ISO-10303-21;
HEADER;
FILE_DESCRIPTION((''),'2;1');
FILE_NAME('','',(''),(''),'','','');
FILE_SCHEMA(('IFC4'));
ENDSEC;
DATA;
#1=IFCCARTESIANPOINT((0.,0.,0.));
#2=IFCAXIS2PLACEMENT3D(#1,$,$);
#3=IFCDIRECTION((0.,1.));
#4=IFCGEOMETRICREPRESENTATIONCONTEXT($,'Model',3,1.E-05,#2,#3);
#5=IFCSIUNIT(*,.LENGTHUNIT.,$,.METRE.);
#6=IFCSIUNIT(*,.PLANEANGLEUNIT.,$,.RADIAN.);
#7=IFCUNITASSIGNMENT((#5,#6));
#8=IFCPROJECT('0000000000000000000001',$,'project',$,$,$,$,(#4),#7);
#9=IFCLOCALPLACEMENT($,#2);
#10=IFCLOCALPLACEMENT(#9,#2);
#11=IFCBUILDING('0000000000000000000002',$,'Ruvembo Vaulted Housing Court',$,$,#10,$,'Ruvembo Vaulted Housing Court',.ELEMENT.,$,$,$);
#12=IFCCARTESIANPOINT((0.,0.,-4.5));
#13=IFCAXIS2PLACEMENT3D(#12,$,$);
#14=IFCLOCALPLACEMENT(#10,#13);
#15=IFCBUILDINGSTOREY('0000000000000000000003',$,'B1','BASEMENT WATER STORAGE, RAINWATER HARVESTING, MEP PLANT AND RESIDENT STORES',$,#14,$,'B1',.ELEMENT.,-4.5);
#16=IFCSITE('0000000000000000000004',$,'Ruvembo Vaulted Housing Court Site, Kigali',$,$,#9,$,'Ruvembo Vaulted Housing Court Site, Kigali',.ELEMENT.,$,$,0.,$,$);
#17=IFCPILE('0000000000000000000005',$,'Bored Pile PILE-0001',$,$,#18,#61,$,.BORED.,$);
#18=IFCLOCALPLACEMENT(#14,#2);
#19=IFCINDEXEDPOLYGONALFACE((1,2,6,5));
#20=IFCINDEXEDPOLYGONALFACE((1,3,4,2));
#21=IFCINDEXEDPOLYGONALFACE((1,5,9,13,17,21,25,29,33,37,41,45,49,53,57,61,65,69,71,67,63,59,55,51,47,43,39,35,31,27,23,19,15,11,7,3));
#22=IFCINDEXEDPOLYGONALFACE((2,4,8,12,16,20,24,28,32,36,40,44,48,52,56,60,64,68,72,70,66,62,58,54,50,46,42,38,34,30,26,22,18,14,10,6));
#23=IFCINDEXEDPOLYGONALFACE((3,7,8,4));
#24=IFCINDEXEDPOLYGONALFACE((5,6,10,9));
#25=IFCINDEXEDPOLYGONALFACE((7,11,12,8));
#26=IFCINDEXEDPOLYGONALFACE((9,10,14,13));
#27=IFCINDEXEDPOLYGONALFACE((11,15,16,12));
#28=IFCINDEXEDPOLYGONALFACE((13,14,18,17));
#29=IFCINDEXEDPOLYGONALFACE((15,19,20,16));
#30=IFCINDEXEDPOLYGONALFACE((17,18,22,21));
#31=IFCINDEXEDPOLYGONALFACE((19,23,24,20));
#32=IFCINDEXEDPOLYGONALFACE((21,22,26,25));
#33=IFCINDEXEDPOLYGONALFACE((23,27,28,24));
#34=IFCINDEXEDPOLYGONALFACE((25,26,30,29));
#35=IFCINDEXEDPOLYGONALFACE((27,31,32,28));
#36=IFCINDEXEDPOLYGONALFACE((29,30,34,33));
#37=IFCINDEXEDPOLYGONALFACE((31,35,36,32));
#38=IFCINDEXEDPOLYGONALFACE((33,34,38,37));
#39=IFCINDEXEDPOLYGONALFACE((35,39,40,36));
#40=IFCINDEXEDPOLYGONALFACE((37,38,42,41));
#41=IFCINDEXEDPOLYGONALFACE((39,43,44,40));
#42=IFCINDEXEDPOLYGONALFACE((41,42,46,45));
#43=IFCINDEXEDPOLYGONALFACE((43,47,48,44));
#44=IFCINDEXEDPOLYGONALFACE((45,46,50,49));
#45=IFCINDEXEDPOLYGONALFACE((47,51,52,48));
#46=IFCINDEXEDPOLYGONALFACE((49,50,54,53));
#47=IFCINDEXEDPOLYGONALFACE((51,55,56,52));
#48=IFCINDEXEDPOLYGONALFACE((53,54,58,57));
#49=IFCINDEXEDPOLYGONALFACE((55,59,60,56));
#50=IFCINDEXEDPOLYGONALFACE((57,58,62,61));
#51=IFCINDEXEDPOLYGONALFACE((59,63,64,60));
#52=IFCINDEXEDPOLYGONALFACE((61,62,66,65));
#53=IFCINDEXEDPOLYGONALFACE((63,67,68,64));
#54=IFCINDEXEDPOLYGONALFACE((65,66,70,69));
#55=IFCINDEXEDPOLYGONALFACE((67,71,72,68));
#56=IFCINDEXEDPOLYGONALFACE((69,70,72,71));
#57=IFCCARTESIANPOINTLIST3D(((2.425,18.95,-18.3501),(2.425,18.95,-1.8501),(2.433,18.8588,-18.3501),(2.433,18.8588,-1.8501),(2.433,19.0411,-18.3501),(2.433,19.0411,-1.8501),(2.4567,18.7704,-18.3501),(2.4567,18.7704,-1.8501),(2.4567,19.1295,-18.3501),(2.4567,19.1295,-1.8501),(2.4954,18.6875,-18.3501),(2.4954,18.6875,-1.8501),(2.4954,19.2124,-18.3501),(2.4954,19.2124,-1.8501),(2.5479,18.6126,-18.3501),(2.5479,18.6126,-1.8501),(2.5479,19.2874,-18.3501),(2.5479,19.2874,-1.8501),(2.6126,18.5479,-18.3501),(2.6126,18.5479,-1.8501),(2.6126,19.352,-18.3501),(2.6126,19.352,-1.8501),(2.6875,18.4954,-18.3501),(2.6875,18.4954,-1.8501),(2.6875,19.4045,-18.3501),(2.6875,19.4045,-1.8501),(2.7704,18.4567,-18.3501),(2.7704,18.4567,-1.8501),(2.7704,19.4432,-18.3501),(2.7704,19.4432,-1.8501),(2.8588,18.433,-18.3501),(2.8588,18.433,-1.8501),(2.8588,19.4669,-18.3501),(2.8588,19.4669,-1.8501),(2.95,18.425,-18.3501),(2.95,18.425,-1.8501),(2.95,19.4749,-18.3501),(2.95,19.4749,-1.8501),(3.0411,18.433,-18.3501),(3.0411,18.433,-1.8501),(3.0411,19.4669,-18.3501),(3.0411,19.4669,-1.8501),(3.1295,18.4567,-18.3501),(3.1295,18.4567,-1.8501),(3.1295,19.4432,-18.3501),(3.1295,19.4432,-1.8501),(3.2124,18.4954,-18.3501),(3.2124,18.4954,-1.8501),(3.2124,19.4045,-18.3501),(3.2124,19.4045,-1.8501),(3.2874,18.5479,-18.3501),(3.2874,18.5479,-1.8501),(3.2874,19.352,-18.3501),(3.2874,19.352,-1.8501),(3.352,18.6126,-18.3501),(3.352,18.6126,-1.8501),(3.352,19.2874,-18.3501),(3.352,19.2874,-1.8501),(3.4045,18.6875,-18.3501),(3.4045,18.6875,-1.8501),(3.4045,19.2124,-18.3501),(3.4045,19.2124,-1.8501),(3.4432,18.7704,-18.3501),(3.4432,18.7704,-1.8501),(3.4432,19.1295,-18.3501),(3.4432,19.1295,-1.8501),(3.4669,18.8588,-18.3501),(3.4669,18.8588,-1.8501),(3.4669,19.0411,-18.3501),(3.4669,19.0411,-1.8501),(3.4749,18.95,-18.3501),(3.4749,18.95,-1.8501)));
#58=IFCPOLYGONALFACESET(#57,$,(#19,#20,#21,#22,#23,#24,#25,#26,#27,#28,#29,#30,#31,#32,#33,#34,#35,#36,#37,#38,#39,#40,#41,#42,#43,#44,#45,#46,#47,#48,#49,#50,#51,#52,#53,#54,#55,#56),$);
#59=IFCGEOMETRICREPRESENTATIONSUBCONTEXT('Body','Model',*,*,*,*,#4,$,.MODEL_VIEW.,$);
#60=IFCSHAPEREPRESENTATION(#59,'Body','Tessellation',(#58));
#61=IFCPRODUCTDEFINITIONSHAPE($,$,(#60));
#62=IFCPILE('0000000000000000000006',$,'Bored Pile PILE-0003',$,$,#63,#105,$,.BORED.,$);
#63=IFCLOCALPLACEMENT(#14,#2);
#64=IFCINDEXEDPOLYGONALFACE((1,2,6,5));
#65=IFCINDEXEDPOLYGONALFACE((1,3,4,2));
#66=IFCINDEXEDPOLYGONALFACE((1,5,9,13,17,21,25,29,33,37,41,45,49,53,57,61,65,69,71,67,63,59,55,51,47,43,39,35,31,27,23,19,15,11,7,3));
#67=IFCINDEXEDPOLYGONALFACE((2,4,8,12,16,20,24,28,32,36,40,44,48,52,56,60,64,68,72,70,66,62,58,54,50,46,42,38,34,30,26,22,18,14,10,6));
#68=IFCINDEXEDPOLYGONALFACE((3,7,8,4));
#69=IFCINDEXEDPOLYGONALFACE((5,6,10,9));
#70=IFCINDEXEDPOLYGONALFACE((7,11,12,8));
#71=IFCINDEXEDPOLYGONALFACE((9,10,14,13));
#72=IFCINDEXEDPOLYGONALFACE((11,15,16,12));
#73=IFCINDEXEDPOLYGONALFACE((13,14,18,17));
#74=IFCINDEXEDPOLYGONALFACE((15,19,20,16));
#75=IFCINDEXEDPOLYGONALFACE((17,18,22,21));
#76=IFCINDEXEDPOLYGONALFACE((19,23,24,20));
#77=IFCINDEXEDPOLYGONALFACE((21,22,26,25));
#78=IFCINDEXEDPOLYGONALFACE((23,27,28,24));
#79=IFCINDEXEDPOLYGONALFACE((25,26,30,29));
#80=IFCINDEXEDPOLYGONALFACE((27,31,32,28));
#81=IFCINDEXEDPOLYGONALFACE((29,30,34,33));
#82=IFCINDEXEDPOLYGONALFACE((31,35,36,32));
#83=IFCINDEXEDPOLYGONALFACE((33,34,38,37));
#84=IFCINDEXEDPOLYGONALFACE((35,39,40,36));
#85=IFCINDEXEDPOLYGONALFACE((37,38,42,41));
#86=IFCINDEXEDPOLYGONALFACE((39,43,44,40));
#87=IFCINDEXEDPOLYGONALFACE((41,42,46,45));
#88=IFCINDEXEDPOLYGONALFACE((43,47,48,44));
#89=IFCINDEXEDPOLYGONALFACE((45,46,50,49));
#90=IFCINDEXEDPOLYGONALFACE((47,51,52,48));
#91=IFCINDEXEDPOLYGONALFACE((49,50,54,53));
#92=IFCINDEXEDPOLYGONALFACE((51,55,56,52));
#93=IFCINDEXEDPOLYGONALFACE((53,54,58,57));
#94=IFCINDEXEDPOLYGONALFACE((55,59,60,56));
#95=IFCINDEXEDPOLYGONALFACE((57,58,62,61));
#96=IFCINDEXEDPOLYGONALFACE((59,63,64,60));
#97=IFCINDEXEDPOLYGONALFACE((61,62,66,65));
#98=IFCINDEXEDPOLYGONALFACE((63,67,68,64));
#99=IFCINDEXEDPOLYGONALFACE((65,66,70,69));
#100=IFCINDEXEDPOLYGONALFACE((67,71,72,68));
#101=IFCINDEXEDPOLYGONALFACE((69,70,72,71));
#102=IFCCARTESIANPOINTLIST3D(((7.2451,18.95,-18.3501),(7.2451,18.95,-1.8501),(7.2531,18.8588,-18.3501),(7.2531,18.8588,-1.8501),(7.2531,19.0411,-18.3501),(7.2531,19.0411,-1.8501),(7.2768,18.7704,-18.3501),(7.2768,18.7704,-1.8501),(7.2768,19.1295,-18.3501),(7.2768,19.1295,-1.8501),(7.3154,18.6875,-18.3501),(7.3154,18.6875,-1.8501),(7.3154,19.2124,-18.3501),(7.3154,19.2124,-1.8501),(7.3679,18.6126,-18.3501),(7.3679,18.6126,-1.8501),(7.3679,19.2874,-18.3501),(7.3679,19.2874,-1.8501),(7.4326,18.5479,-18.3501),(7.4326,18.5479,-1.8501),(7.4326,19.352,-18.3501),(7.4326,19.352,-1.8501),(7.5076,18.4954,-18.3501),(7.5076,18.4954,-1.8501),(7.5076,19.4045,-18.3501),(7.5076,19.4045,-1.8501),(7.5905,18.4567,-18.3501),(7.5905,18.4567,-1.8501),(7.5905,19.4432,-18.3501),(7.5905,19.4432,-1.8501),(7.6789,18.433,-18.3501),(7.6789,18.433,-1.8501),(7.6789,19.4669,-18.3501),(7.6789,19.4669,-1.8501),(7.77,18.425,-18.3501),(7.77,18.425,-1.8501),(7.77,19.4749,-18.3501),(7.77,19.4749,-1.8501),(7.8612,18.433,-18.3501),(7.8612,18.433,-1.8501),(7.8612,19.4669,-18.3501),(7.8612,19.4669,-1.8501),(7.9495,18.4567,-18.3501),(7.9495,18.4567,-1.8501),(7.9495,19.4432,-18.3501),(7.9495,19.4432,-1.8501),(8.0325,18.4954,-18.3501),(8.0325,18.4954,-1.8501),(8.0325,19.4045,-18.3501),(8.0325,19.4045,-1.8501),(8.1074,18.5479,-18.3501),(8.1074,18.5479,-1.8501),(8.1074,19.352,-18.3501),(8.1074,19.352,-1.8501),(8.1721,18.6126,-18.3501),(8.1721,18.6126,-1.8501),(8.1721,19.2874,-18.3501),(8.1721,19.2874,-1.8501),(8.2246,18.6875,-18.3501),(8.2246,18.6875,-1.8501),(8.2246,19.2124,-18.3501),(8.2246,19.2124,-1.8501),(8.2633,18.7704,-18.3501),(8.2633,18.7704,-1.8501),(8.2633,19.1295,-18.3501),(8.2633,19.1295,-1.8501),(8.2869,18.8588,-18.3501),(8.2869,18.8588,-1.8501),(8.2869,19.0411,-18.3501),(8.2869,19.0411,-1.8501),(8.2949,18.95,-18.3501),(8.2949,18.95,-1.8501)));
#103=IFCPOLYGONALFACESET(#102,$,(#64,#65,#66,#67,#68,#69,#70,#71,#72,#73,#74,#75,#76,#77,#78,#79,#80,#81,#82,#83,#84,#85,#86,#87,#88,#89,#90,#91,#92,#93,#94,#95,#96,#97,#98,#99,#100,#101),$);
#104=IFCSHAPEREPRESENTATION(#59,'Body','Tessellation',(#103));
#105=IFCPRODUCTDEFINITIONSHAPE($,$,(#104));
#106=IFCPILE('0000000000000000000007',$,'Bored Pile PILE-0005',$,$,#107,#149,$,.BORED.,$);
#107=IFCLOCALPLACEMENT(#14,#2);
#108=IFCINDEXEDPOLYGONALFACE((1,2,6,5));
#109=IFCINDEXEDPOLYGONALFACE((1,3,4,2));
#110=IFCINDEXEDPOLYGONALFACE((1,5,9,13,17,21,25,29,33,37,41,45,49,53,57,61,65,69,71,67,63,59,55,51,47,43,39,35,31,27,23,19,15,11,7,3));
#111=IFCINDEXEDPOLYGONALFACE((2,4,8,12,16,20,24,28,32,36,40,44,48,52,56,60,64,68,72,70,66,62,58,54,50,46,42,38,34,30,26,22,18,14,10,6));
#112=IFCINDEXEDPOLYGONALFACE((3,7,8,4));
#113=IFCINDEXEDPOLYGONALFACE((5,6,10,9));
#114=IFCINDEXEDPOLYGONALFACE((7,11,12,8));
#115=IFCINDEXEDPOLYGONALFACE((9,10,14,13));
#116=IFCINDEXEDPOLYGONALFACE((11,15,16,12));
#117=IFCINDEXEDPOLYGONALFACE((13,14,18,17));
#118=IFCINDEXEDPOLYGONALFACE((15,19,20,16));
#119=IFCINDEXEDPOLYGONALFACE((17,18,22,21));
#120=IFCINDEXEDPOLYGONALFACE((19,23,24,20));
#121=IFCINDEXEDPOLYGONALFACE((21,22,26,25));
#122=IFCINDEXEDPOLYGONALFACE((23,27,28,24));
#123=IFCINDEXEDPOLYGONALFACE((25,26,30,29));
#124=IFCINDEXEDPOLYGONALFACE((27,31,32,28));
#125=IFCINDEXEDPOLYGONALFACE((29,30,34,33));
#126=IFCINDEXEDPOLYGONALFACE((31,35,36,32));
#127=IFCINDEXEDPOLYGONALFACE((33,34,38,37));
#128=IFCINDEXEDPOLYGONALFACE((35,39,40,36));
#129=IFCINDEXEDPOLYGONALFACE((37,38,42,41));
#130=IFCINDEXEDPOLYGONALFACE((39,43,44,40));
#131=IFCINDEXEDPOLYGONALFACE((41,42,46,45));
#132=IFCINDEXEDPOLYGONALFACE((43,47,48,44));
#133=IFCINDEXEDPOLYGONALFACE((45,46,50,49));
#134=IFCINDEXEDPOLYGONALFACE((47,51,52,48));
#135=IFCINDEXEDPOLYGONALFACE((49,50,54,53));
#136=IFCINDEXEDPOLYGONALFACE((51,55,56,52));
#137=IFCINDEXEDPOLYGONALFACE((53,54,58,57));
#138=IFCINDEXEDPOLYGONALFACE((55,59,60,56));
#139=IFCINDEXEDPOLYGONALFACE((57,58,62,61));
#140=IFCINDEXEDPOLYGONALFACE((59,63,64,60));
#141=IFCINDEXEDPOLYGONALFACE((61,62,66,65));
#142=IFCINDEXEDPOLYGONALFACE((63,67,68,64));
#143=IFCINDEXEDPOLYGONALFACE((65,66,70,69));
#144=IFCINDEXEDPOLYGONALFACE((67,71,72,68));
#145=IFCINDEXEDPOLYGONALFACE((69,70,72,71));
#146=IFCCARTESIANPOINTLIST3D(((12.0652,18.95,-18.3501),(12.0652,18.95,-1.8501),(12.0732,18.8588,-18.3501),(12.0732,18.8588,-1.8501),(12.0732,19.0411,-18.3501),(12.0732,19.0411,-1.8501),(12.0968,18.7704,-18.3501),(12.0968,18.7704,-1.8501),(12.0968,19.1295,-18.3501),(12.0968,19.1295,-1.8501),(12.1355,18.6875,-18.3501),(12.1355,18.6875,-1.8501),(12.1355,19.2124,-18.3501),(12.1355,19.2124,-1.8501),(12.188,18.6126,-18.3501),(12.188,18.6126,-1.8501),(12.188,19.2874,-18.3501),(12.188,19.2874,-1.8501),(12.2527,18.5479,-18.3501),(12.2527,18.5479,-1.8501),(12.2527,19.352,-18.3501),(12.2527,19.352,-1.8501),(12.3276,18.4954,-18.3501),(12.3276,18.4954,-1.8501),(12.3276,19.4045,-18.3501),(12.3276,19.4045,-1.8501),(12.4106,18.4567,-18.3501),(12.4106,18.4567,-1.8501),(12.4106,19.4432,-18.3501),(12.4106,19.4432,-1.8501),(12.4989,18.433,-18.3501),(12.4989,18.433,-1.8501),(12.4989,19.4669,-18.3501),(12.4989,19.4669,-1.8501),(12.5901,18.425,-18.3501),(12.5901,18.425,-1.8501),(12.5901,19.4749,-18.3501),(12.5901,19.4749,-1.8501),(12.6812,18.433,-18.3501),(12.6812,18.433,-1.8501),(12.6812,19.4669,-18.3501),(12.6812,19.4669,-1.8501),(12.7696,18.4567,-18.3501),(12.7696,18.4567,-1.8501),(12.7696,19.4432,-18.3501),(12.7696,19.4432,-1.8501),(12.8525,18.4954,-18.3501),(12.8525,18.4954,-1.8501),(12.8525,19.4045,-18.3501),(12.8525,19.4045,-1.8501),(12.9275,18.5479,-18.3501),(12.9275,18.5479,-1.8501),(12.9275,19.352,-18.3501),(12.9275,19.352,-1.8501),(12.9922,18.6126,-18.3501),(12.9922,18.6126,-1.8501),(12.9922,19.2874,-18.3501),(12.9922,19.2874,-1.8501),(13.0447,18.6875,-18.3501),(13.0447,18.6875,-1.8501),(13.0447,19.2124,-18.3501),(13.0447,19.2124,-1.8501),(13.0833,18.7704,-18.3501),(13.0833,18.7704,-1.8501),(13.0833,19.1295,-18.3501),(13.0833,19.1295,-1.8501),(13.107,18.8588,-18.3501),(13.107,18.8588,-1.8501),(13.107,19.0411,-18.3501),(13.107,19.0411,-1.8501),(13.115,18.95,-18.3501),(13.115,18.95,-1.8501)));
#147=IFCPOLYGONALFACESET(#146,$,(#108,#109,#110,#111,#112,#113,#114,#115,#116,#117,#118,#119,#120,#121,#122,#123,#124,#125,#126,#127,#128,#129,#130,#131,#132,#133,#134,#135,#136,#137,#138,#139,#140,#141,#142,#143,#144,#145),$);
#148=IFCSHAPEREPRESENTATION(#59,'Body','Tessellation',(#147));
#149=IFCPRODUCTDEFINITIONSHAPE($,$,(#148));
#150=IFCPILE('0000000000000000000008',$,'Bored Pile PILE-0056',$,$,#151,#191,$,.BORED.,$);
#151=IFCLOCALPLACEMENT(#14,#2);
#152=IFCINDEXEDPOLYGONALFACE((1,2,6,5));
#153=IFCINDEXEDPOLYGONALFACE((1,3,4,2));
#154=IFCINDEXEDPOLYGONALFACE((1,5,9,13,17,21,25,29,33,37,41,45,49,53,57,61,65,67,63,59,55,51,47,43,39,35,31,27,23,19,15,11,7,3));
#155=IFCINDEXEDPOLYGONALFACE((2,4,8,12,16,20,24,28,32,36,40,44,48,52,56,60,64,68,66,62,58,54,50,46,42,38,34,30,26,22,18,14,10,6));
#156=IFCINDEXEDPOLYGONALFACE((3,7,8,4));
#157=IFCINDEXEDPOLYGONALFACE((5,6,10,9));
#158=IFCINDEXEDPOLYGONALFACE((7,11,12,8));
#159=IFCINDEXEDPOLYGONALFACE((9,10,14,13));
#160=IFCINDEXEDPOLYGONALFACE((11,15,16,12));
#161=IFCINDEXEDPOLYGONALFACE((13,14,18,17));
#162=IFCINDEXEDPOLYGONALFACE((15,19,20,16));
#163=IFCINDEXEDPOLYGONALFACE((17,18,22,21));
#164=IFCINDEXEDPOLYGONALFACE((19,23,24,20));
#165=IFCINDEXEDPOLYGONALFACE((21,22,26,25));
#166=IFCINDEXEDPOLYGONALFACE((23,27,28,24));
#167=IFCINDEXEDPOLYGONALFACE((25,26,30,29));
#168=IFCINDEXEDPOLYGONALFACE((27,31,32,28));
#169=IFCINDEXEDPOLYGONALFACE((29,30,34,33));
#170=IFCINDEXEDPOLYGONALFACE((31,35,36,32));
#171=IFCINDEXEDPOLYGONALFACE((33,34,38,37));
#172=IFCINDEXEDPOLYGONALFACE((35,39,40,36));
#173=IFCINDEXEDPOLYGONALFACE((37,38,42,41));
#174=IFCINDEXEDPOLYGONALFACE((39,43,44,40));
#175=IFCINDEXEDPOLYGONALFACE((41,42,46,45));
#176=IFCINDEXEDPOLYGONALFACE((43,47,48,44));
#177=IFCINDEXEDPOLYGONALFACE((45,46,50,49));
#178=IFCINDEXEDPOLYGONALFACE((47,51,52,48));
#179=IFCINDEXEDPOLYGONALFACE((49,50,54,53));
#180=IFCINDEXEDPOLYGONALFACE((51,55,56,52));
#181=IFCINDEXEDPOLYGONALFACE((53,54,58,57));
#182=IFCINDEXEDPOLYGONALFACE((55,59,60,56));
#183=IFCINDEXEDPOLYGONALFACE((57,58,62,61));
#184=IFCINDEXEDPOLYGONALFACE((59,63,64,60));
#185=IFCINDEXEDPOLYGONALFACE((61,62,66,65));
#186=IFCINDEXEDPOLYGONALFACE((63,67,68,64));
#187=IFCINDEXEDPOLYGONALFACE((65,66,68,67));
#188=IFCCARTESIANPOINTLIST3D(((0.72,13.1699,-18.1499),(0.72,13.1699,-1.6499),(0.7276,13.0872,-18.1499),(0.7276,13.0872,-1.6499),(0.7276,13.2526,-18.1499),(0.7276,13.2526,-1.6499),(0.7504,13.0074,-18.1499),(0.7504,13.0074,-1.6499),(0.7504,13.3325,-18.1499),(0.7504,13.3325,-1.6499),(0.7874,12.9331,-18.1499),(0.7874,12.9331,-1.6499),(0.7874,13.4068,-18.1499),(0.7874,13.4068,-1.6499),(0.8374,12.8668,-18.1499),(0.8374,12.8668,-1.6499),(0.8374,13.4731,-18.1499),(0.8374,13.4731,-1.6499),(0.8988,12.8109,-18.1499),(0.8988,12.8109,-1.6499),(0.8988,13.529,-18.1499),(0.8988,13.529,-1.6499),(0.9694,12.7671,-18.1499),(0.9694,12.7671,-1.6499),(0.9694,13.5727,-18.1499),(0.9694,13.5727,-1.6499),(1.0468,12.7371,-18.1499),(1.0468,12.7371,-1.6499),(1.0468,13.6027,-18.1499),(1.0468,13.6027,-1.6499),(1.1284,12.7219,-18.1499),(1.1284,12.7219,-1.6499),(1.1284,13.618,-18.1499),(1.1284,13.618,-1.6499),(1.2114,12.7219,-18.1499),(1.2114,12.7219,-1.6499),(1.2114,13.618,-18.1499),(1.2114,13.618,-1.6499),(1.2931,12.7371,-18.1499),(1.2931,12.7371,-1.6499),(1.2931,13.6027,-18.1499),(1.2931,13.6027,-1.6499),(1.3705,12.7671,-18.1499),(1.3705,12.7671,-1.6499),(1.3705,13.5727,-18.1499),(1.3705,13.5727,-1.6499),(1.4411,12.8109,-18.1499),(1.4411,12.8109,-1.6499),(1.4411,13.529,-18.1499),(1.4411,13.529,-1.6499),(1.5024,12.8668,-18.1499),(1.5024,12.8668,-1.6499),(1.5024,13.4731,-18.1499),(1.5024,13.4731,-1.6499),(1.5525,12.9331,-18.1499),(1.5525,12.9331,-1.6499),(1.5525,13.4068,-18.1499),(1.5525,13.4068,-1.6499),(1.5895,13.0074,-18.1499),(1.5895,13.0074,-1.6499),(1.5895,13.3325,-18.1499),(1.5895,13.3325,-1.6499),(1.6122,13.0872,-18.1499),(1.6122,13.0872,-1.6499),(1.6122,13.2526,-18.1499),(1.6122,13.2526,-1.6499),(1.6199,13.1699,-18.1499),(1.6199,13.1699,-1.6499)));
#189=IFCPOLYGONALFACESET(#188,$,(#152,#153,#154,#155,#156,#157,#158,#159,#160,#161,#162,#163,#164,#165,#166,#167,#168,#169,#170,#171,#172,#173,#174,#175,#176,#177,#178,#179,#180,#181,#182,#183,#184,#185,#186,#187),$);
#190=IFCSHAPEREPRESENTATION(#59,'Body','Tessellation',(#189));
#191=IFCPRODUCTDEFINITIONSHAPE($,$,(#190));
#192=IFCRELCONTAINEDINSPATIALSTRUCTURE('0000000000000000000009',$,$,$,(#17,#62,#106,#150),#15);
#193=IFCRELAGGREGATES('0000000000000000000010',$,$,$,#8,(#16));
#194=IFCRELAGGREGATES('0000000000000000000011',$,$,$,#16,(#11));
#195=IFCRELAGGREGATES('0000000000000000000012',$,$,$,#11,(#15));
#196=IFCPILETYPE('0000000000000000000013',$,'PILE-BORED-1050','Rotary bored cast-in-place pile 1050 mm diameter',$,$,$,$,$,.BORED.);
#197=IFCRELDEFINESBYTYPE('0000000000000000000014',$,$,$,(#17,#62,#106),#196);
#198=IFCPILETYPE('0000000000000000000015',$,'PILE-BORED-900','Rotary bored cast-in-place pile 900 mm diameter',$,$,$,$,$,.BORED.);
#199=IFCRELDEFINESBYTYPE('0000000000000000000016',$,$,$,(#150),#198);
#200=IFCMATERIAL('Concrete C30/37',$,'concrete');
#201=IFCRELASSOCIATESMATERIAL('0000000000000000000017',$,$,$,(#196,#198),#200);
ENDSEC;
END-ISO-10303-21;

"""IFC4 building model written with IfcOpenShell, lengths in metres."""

from ifc_helpers import new_model, si_unit, direction, frame, origin, origin_2d, place, context, subcontext, project, spatial, circle, extrude, material, material_profile, profile_set, type_object, element, save


model = new_model("IFC4")

# Units and contexts
model_context = context("Model", 3, precision=1e-05, world=origin(), true_north=direction((0.0, 1.0)))
body_context = subcontext(model_context, "Body", "Model", "MODEL_VIEW")
ifc_project = project(units=[si_unit("LENGTHUNIT", "METRE"), si_unit("PLANEANGLEUNIT", "RADIAN")], contexts=[model_context])

# Site, building, storey
site_placement = place(None, origin())
site = spatial("IfcSite", under=ifc_project, at=site_placement, Name="Ruvembo Vaulted Housing Court Site, Kigali", LongName="Ruvembo Vaulted Housing Court Site, Kigali", CompositionType="ELEMENT", RefElevation=0.0)
building_placement = place(site_placement, origin())
building = spatial("IfcBuilding", under=site, at=building_placement, Name="Ruvembo Vaulted Housing Court", LongName="Ruvembo Vaulted Housing Court", CompositionType="ELEMENT")
storey_placement = place(building_placement, frame((0.0, 0.0, -4.5)))
storey = spatial("IfcBuildingStorey", under=building, at=storey_placement, Name="B1", Description="BASEMENT WATER STORAGE, RAINWATER HARVESTING, MEP PLANT AND RESIDENT STORES", LongName="B1", CompositionType="ELEMENT", Elevation=-4.5)

# Piles
ifc_material_1 = material(Name="Concrete C30/37", Category="concrete")
ifc_material_profile_1 = material_profile(ifc_material_1, circle(Radius=0.5249, at=origin_2d()), Name="PILE D1050")
ifc_profile_set_1 = profile_set([ifc_material_profile_1], Name="Concrete C30/37")
pile_type_1 = type_object("IfcPileType", Name="PILE-BORED-1050", Description="Rotary bored cast-in-place pile 1050 mm diameter", PredefinedType="BORED", material=ifc_profile_set_1)
for number, where, z_axis, x_axis, name in (
    (1, (2.95, 18.95, -1.8501), (0.0, 0.0, -1.0), (1.0, 0.0, 0.0), "Bored Pile PILE-0001"),
    (2, (7.77, 18.95, -1.8501), (0.0, 0.0, -1.0), (1.0, 0.0, 0.0), "Bored Pile PILE-0003"),
    (3, (12.5901, 18.95, -1.8501), (0.0, 0.0, -1.0), (1.0, 0.0, 0.0), "Bored Pile PILE-0005"),
):
    element("IfcPile", number, at=place(storey_placement, frame(where, z_axis=z_axis, x_axis=x_axis)), inside=storey, type_object=pile_type_1, Name=name, PredefinedType="BORED", context=body_context, shape_type="SweptSolid", body=[
        extrude(circle(Radius=0.5249, at=origin_2d()), origin(), (0.0, 0.0, 1.0), 16.5),
    ])
ifc_material_profile_2 = material_profile(ifc_material_1, circle(Radius=0.45, at=origin_2d()), Name="PILE D900")
ifc_profile_set_2 = profile_set([ifc_material_profile_2], Name="Concrete C30/37")
pile_type_2 = type_object("IfcPileType", Name="PILE-BORED-900", Description="Rotary bored cast-in-place pile 900 mm diameter", PredefinedType="BORED", material=ifc_profile_set_2)
for number, where, z_axis, x_axis, name in (
    (4, (1.1699, 13.1699, -1.6499), (0.0, 0.0, -1.0), (1.0, 0.0, 0.0), "Bored Pile PILE-0056"),
):
    element("IfcPile", number, at=place(storey_placement, frame(where, z_axis=z_axis, x_axis=x_axis)), inside=storey, type_object=pile_type_2, Name=name, PredefinedType="BORED", context=body_context, shape_type="SweptSolid", body=[
        extrude(circle(Radius=0.45, at=origin_2d()), origin(), (0.0, 0.0, 1.0), 16.5),
    ])

save(model, "model.ifc")
